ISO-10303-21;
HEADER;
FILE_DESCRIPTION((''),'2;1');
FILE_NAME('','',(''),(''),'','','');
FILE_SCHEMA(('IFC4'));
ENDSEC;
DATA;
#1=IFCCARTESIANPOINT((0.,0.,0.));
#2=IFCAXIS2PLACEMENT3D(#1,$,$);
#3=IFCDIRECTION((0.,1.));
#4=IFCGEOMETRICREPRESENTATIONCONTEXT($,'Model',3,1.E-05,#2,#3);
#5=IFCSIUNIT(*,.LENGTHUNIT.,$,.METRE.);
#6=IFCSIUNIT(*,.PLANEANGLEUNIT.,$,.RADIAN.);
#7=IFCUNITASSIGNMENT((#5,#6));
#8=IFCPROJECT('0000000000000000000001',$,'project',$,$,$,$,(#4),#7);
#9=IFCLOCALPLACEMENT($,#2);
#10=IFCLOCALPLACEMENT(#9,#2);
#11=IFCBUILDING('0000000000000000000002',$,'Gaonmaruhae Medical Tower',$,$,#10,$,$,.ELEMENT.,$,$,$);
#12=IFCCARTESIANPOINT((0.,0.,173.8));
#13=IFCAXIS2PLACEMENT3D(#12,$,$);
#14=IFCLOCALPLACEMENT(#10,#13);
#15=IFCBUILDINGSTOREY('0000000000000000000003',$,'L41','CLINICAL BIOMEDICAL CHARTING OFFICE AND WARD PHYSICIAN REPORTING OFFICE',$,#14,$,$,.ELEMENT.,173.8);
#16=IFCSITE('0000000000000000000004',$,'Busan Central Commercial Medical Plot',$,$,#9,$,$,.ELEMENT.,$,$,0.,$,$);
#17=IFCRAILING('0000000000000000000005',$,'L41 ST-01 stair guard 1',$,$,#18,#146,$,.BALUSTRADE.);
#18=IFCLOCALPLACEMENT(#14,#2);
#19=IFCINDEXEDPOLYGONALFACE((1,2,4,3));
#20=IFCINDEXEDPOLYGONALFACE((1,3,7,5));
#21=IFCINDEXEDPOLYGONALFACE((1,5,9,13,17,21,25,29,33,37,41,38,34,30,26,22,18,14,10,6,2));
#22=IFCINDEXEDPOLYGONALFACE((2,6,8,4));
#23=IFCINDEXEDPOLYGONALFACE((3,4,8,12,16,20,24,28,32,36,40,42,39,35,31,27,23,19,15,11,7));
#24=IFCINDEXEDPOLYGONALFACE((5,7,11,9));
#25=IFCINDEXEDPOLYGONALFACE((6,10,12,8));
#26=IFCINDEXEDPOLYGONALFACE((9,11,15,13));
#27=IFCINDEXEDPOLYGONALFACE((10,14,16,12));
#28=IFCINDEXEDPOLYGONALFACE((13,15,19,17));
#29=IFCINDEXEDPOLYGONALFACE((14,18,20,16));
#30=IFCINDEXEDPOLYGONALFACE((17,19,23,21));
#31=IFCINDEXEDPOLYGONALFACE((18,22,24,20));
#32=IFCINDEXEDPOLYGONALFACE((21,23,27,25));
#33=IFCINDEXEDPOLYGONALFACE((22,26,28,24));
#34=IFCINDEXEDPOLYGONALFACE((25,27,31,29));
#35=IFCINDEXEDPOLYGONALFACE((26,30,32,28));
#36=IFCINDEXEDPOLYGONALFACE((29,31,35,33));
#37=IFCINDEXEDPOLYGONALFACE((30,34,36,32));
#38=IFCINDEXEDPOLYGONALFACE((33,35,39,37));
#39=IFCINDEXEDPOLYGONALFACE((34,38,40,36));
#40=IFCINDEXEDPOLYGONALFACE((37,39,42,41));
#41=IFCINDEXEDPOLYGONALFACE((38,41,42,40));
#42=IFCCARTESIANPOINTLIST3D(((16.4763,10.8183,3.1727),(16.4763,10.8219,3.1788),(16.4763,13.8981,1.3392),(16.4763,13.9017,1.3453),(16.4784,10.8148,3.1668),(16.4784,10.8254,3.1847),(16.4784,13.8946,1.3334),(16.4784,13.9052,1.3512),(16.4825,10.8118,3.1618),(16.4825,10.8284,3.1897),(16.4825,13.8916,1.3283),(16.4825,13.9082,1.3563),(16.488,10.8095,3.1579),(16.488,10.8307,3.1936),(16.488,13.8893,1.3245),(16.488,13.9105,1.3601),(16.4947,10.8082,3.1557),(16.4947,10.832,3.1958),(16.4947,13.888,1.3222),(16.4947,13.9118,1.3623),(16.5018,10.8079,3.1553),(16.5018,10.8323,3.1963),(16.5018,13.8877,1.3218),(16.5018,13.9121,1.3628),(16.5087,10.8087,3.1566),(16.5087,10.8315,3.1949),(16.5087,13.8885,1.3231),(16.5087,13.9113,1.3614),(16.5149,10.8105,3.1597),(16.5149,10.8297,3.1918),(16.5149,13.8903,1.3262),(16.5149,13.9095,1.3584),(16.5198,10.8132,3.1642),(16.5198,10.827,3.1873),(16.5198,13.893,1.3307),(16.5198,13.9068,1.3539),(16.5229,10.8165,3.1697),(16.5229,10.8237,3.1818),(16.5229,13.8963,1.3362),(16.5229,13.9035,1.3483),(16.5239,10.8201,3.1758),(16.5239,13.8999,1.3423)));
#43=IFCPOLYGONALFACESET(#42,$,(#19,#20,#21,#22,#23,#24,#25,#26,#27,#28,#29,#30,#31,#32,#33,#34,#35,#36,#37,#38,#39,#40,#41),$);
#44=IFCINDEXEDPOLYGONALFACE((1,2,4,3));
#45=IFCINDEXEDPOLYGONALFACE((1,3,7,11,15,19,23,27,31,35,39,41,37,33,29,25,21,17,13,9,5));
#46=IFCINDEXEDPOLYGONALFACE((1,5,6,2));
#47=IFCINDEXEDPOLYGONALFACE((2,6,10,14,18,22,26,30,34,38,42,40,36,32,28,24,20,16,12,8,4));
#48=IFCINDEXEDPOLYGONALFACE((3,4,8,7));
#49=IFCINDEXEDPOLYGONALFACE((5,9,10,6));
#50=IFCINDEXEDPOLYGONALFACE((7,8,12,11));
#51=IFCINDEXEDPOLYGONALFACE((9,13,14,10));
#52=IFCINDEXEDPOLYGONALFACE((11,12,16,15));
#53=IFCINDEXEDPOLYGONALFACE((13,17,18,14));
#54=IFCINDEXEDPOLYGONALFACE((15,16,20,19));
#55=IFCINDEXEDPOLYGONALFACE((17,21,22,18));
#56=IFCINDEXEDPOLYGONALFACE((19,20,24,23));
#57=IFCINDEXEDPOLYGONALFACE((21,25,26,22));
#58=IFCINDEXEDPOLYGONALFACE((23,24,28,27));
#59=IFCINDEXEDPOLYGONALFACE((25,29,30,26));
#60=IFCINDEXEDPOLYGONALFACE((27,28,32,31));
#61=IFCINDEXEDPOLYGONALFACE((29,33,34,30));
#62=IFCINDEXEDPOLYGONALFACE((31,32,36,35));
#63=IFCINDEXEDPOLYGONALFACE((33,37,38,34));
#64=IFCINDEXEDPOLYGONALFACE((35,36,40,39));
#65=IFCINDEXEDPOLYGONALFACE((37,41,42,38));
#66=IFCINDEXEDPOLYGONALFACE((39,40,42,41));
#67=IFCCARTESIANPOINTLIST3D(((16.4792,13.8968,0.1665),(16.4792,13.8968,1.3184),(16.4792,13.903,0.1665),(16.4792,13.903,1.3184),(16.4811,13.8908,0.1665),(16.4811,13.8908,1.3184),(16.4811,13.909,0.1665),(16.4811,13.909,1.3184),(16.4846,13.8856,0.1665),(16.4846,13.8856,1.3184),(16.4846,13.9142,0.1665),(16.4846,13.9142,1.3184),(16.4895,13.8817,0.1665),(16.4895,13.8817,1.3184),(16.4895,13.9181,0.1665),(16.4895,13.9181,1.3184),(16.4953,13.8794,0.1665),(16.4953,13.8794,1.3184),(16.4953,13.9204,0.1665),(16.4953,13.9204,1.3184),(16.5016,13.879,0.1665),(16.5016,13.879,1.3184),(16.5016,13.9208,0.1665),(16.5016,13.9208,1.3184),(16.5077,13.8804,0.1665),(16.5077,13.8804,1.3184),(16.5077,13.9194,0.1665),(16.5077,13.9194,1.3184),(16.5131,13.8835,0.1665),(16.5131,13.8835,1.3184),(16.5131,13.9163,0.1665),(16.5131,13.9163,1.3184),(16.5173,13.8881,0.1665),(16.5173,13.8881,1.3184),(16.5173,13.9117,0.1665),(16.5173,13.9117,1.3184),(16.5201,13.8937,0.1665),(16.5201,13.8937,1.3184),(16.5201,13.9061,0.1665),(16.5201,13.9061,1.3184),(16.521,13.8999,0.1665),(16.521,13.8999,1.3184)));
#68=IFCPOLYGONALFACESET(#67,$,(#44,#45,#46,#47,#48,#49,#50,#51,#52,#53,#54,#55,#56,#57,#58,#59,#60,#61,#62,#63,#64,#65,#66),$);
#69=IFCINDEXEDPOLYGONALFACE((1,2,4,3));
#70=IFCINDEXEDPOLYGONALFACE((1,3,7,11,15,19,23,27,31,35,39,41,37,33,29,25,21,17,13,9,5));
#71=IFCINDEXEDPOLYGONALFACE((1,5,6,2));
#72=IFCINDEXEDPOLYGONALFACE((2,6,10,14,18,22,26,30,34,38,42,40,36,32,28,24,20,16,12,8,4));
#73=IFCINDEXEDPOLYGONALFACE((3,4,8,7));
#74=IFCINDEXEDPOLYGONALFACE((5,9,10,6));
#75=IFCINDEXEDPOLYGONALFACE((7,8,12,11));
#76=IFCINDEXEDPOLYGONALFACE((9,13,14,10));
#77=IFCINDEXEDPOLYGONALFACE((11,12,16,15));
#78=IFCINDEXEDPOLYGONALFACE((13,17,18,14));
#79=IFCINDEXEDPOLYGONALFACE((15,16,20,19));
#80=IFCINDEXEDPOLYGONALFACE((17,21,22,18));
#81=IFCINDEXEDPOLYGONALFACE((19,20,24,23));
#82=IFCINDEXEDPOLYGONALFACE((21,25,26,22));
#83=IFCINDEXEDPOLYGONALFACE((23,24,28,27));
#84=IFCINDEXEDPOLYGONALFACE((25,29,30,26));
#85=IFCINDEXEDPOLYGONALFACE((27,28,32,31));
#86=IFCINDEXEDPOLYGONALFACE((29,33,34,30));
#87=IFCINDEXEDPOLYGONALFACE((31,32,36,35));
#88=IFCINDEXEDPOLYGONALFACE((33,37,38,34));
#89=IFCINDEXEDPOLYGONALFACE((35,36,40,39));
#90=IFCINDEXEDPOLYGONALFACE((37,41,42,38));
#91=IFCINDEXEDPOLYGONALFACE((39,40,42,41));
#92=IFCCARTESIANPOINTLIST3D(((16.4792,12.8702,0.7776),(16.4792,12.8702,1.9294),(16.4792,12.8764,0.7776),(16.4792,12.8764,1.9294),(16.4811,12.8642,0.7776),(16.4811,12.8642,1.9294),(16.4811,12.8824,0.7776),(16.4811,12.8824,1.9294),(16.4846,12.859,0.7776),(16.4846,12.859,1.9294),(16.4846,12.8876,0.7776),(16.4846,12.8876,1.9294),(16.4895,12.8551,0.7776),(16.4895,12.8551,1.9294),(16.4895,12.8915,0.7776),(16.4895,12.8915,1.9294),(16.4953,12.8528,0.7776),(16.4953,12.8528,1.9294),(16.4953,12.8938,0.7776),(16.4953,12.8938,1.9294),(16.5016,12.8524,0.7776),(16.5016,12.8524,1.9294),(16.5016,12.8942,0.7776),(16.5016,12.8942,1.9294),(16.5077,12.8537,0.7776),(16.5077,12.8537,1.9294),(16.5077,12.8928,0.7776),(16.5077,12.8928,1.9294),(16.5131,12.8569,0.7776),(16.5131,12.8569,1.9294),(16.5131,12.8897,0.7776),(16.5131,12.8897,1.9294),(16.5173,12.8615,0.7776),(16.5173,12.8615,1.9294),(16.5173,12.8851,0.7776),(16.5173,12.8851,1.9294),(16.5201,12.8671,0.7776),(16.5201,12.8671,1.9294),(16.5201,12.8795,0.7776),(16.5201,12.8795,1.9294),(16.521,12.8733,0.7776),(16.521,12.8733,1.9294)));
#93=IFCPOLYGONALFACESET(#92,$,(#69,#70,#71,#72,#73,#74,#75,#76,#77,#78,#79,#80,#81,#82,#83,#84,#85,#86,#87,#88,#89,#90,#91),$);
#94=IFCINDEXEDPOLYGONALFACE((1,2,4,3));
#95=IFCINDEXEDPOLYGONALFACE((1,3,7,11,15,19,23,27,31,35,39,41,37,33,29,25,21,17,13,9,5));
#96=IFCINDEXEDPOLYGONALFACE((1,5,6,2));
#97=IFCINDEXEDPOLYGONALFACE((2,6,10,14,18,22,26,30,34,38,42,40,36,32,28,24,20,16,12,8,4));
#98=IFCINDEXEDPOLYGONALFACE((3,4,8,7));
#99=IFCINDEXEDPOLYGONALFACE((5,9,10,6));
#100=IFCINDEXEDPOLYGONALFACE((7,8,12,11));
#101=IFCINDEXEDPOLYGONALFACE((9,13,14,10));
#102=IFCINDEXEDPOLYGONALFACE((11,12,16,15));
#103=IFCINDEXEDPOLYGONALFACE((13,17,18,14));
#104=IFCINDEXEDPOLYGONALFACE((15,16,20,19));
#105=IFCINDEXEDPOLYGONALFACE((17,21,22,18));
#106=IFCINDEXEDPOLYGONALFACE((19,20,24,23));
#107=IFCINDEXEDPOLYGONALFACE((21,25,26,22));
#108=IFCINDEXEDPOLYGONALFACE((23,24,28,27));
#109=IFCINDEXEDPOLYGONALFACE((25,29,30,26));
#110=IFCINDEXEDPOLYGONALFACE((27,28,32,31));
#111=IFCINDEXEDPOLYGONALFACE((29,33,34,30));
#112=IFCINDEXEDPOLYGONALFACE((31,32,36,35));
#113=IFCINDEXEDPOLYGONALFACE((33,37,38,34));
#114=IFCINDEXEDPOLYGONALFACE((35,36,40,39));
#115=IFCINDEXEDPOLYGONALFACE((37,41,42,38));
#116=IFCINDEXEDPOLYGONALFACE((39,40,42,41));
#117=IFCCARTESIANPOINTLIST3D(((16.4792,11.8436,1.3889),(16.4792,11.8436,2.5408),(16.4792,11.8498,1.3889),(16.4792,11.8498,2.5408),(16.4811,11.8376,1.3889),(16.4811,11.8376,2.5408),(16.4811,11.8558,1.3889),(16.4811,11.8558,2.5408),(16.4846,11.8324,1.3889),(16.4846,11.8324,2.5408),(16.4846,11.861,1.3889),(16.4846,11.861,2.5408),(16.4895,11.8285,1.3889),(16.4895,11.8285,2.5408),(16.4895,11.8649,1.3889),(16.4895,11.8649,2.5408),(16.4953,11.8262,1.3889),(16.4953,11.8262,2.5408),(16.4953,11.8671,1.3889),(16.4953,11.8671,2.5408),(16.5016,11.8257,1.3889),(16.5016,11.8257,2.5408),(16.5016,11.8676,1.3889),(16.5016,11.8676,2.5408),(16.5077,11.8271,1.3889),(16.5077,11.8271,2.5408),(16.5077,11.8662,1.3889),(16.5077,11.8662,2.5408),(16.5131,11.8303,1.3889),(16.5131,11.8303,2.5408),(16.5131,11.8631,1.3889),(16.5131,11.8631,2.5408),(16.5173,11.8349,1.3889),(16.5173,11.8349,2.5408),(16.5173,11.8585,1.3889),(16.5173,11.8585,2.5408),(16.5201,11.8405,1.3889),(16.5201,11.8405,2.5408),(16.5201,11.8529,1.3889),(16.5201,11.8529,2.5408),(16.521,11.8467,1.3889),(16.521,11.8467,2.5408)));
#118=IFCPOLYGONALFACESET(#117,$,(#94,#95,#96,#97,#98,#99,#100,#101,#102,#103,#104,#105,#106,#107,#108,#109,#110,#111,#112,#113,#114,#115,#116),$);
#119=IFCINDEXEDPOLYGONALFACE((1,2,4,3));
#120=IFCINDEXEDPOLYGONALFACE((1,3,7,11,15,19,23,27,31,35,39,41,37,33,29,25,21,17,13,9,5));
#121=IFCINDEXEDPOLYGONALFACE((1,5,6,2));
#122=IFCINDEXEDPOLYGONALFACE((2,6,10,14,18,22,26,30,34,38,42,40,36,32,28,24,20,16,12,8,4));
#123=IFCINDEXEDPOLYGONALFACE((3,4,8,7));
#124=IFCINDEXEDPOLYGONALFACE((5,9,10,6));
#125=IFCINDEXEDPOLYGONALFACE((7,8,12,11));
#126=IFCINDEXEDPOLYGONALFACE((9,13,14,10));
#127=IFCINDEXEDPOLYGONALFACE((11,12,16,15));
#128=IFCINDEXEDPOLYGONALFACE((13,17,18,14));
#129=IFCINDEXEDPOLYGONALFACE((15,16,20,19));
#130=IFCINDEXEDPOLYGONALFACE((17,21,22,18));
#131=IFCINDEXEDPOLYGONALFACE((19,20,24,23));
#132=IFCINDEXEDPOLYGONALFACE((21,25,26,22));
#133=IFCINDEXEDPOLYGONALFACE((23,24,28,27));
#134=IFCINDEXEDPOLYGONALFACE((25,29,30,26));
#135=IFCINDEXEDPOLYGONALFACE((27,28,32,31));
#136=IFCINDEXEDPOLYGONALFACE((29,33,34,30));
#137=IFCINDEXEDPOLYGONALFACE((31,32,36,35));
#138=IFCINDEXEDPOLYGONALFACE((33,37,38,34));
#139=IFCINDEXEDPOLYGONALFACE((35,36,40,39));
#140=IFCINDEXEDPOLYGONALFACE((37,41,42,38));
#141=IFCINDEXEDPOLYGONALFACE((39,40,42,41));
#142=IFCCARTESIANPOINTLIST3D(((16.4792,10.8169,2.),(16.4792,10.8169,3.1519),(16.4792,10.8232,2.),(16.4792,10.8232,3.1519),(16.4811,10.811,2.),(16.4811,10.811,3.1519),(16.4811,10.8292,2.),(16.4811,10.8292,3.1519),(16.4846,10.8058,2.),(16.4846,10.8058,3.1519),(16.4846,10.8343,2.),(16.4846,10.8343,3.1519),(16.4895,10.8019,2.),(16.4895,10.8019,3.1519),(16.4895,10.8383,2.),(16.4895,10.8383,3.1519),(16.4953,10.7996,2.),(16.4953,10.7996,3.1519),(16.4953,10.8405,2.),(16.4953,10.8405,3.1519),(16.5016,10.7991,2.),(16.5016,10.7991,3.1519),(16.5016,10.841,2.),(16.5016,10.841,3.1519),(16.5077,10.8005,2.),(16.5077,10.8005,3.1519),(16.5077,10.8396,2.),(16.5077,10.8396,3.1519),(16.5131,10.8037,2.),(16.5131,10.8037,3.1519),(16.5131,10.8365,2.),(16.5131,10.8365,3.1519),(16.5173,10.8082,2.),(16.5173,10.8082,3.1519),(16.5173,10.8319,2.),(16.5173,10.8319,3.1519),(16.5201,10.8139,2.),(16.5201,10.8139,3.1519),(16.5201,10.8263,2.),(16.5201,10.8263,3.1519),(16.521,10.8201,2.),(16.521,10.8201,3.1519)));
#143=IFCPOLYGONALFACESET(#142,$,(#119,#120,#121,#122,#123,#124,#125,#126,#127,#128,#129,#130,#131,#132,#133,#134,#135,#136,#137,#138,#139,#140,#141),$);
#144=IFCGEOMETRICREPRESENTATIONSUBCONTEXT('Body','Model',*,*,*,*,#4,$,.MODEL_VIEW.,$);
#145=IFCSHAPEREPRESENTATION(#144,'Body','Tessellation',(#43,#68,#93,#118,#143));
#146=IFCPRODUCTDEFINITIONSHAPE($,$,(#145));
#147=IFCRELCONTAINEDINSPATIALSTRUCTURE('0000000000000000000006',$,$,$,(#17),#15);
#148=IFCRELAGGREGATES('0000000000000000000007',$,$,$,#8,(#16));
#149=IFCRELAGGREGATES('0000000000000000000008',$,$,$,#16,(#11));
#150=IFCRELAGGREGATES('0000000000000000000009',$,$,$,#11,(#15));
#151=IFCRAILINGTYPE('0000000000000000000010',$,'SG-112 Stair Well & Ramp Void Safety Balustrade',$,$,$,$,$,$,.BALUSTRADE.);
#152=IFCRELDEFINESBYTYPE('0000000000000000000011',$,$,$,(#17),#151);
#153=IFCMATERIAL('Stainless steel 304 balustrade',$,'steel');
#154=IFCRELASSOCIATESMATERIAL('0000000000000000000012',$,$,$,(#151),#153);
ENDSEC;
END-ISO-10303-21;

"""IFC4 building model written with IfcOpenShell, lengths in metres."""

from ifc_helpers import new_model, si_unit, direction, frame, origin, origin_2d, place, context, subcontext, project, spatial, circle, extrude, material, type_object, element, save


model = new_model("IFC4")

# Units and contexts
model_context = context("Model", 3, precision=1e-05, world=origin(), true_north=direction((0.0, 1.0)))
body_context = subcontext(model_context, "Body", "Model", "MODEL_VIEW")
ifc_project = project(units=[si_unit("LENGTHUNIT", "METRE"), si_unit("PLANEANGLEUNIT", "RADIAN")], contexts=[model_context])

# Site, building, storey
site_placement = place(None, origin())
site = spatial("IfcSite", under=ifc_project, at=site_placement, Name="Busan Central Commercial Medical Plot", CompositionType="ELEMENT", RefElevation=0.0)
building_placement = place(site_placement, origin())
building = spatial("IfcBuilding", under=site, at=building_placement, Name="Gaonmaruhae Medical Tower", CompositionType="ELEMENT")
storey_placement = place(building_placement, frame((0.0, 0.0, 173.8)))
storey = spatial("IfcBuildingStorey", under=building, at=storey_placement, Name="L41", Description="CLINICAL BIOMEDICAL CHARTING OFFICE AND WARD PHYSICIAN REPORTING OFFICE", CompositionType="ELEMENT", Elevation=173.8)

# Railing
ifc_material_1 = material(Name="Stainless steel 304 balustrade", Category="steel")
railing_type_1 = type_object("IfcRailingType", Name="SG-112 Stair Well & Ramp Void Safety Balustrade", PredefinedType="BALUSTRADE", material=ifc_material_1)
railing_1_placement = place(storey_placement, frame((16.5, 13.8999, 0.1665)))
element("IfcRailing", 1, at=railing_1_placement, inside=storey, type_object=railing_type_1, Name="L41 ST-01 stair guard 1", PredefinedType="BALUSTRADE", context=body_context, shape_type="SweptSolid", body=[
    extrude(circle(Radius=0.0239, at=origin_2d()), frame((0.0, 0.0, 1.1758), z_axis=(0.0, -0.859261, 0.511538), x_axis=(1.0, 0.0, 0.0)), (0.0, 0.0, 1.0), 3.5842),
    extrude(circle(Radius=0.021, at=origin_2d()), origin(), (0.0, 0.0, 1.0), 1.1519),
    extrude(circle(Radius=0.021, at=origin_2d()), frame((0.0, -1.0266, 0.6111)), (0.0, 0.0, 1.0), 1.1519),
    extrude(circle(Radius=0.021, at=origin_2d()), frame((0.0, -2.0532, 1.2224)), (0.0, 0.0, 1.0), 1.1519),
    extrude(circle(Radius=0.021, at=origin_2d()), frame((0.0, -3.0798, 1.8335)), (0.0, 0.0, 1.0), 1.1519),
])

save(model, "model.ifc")
